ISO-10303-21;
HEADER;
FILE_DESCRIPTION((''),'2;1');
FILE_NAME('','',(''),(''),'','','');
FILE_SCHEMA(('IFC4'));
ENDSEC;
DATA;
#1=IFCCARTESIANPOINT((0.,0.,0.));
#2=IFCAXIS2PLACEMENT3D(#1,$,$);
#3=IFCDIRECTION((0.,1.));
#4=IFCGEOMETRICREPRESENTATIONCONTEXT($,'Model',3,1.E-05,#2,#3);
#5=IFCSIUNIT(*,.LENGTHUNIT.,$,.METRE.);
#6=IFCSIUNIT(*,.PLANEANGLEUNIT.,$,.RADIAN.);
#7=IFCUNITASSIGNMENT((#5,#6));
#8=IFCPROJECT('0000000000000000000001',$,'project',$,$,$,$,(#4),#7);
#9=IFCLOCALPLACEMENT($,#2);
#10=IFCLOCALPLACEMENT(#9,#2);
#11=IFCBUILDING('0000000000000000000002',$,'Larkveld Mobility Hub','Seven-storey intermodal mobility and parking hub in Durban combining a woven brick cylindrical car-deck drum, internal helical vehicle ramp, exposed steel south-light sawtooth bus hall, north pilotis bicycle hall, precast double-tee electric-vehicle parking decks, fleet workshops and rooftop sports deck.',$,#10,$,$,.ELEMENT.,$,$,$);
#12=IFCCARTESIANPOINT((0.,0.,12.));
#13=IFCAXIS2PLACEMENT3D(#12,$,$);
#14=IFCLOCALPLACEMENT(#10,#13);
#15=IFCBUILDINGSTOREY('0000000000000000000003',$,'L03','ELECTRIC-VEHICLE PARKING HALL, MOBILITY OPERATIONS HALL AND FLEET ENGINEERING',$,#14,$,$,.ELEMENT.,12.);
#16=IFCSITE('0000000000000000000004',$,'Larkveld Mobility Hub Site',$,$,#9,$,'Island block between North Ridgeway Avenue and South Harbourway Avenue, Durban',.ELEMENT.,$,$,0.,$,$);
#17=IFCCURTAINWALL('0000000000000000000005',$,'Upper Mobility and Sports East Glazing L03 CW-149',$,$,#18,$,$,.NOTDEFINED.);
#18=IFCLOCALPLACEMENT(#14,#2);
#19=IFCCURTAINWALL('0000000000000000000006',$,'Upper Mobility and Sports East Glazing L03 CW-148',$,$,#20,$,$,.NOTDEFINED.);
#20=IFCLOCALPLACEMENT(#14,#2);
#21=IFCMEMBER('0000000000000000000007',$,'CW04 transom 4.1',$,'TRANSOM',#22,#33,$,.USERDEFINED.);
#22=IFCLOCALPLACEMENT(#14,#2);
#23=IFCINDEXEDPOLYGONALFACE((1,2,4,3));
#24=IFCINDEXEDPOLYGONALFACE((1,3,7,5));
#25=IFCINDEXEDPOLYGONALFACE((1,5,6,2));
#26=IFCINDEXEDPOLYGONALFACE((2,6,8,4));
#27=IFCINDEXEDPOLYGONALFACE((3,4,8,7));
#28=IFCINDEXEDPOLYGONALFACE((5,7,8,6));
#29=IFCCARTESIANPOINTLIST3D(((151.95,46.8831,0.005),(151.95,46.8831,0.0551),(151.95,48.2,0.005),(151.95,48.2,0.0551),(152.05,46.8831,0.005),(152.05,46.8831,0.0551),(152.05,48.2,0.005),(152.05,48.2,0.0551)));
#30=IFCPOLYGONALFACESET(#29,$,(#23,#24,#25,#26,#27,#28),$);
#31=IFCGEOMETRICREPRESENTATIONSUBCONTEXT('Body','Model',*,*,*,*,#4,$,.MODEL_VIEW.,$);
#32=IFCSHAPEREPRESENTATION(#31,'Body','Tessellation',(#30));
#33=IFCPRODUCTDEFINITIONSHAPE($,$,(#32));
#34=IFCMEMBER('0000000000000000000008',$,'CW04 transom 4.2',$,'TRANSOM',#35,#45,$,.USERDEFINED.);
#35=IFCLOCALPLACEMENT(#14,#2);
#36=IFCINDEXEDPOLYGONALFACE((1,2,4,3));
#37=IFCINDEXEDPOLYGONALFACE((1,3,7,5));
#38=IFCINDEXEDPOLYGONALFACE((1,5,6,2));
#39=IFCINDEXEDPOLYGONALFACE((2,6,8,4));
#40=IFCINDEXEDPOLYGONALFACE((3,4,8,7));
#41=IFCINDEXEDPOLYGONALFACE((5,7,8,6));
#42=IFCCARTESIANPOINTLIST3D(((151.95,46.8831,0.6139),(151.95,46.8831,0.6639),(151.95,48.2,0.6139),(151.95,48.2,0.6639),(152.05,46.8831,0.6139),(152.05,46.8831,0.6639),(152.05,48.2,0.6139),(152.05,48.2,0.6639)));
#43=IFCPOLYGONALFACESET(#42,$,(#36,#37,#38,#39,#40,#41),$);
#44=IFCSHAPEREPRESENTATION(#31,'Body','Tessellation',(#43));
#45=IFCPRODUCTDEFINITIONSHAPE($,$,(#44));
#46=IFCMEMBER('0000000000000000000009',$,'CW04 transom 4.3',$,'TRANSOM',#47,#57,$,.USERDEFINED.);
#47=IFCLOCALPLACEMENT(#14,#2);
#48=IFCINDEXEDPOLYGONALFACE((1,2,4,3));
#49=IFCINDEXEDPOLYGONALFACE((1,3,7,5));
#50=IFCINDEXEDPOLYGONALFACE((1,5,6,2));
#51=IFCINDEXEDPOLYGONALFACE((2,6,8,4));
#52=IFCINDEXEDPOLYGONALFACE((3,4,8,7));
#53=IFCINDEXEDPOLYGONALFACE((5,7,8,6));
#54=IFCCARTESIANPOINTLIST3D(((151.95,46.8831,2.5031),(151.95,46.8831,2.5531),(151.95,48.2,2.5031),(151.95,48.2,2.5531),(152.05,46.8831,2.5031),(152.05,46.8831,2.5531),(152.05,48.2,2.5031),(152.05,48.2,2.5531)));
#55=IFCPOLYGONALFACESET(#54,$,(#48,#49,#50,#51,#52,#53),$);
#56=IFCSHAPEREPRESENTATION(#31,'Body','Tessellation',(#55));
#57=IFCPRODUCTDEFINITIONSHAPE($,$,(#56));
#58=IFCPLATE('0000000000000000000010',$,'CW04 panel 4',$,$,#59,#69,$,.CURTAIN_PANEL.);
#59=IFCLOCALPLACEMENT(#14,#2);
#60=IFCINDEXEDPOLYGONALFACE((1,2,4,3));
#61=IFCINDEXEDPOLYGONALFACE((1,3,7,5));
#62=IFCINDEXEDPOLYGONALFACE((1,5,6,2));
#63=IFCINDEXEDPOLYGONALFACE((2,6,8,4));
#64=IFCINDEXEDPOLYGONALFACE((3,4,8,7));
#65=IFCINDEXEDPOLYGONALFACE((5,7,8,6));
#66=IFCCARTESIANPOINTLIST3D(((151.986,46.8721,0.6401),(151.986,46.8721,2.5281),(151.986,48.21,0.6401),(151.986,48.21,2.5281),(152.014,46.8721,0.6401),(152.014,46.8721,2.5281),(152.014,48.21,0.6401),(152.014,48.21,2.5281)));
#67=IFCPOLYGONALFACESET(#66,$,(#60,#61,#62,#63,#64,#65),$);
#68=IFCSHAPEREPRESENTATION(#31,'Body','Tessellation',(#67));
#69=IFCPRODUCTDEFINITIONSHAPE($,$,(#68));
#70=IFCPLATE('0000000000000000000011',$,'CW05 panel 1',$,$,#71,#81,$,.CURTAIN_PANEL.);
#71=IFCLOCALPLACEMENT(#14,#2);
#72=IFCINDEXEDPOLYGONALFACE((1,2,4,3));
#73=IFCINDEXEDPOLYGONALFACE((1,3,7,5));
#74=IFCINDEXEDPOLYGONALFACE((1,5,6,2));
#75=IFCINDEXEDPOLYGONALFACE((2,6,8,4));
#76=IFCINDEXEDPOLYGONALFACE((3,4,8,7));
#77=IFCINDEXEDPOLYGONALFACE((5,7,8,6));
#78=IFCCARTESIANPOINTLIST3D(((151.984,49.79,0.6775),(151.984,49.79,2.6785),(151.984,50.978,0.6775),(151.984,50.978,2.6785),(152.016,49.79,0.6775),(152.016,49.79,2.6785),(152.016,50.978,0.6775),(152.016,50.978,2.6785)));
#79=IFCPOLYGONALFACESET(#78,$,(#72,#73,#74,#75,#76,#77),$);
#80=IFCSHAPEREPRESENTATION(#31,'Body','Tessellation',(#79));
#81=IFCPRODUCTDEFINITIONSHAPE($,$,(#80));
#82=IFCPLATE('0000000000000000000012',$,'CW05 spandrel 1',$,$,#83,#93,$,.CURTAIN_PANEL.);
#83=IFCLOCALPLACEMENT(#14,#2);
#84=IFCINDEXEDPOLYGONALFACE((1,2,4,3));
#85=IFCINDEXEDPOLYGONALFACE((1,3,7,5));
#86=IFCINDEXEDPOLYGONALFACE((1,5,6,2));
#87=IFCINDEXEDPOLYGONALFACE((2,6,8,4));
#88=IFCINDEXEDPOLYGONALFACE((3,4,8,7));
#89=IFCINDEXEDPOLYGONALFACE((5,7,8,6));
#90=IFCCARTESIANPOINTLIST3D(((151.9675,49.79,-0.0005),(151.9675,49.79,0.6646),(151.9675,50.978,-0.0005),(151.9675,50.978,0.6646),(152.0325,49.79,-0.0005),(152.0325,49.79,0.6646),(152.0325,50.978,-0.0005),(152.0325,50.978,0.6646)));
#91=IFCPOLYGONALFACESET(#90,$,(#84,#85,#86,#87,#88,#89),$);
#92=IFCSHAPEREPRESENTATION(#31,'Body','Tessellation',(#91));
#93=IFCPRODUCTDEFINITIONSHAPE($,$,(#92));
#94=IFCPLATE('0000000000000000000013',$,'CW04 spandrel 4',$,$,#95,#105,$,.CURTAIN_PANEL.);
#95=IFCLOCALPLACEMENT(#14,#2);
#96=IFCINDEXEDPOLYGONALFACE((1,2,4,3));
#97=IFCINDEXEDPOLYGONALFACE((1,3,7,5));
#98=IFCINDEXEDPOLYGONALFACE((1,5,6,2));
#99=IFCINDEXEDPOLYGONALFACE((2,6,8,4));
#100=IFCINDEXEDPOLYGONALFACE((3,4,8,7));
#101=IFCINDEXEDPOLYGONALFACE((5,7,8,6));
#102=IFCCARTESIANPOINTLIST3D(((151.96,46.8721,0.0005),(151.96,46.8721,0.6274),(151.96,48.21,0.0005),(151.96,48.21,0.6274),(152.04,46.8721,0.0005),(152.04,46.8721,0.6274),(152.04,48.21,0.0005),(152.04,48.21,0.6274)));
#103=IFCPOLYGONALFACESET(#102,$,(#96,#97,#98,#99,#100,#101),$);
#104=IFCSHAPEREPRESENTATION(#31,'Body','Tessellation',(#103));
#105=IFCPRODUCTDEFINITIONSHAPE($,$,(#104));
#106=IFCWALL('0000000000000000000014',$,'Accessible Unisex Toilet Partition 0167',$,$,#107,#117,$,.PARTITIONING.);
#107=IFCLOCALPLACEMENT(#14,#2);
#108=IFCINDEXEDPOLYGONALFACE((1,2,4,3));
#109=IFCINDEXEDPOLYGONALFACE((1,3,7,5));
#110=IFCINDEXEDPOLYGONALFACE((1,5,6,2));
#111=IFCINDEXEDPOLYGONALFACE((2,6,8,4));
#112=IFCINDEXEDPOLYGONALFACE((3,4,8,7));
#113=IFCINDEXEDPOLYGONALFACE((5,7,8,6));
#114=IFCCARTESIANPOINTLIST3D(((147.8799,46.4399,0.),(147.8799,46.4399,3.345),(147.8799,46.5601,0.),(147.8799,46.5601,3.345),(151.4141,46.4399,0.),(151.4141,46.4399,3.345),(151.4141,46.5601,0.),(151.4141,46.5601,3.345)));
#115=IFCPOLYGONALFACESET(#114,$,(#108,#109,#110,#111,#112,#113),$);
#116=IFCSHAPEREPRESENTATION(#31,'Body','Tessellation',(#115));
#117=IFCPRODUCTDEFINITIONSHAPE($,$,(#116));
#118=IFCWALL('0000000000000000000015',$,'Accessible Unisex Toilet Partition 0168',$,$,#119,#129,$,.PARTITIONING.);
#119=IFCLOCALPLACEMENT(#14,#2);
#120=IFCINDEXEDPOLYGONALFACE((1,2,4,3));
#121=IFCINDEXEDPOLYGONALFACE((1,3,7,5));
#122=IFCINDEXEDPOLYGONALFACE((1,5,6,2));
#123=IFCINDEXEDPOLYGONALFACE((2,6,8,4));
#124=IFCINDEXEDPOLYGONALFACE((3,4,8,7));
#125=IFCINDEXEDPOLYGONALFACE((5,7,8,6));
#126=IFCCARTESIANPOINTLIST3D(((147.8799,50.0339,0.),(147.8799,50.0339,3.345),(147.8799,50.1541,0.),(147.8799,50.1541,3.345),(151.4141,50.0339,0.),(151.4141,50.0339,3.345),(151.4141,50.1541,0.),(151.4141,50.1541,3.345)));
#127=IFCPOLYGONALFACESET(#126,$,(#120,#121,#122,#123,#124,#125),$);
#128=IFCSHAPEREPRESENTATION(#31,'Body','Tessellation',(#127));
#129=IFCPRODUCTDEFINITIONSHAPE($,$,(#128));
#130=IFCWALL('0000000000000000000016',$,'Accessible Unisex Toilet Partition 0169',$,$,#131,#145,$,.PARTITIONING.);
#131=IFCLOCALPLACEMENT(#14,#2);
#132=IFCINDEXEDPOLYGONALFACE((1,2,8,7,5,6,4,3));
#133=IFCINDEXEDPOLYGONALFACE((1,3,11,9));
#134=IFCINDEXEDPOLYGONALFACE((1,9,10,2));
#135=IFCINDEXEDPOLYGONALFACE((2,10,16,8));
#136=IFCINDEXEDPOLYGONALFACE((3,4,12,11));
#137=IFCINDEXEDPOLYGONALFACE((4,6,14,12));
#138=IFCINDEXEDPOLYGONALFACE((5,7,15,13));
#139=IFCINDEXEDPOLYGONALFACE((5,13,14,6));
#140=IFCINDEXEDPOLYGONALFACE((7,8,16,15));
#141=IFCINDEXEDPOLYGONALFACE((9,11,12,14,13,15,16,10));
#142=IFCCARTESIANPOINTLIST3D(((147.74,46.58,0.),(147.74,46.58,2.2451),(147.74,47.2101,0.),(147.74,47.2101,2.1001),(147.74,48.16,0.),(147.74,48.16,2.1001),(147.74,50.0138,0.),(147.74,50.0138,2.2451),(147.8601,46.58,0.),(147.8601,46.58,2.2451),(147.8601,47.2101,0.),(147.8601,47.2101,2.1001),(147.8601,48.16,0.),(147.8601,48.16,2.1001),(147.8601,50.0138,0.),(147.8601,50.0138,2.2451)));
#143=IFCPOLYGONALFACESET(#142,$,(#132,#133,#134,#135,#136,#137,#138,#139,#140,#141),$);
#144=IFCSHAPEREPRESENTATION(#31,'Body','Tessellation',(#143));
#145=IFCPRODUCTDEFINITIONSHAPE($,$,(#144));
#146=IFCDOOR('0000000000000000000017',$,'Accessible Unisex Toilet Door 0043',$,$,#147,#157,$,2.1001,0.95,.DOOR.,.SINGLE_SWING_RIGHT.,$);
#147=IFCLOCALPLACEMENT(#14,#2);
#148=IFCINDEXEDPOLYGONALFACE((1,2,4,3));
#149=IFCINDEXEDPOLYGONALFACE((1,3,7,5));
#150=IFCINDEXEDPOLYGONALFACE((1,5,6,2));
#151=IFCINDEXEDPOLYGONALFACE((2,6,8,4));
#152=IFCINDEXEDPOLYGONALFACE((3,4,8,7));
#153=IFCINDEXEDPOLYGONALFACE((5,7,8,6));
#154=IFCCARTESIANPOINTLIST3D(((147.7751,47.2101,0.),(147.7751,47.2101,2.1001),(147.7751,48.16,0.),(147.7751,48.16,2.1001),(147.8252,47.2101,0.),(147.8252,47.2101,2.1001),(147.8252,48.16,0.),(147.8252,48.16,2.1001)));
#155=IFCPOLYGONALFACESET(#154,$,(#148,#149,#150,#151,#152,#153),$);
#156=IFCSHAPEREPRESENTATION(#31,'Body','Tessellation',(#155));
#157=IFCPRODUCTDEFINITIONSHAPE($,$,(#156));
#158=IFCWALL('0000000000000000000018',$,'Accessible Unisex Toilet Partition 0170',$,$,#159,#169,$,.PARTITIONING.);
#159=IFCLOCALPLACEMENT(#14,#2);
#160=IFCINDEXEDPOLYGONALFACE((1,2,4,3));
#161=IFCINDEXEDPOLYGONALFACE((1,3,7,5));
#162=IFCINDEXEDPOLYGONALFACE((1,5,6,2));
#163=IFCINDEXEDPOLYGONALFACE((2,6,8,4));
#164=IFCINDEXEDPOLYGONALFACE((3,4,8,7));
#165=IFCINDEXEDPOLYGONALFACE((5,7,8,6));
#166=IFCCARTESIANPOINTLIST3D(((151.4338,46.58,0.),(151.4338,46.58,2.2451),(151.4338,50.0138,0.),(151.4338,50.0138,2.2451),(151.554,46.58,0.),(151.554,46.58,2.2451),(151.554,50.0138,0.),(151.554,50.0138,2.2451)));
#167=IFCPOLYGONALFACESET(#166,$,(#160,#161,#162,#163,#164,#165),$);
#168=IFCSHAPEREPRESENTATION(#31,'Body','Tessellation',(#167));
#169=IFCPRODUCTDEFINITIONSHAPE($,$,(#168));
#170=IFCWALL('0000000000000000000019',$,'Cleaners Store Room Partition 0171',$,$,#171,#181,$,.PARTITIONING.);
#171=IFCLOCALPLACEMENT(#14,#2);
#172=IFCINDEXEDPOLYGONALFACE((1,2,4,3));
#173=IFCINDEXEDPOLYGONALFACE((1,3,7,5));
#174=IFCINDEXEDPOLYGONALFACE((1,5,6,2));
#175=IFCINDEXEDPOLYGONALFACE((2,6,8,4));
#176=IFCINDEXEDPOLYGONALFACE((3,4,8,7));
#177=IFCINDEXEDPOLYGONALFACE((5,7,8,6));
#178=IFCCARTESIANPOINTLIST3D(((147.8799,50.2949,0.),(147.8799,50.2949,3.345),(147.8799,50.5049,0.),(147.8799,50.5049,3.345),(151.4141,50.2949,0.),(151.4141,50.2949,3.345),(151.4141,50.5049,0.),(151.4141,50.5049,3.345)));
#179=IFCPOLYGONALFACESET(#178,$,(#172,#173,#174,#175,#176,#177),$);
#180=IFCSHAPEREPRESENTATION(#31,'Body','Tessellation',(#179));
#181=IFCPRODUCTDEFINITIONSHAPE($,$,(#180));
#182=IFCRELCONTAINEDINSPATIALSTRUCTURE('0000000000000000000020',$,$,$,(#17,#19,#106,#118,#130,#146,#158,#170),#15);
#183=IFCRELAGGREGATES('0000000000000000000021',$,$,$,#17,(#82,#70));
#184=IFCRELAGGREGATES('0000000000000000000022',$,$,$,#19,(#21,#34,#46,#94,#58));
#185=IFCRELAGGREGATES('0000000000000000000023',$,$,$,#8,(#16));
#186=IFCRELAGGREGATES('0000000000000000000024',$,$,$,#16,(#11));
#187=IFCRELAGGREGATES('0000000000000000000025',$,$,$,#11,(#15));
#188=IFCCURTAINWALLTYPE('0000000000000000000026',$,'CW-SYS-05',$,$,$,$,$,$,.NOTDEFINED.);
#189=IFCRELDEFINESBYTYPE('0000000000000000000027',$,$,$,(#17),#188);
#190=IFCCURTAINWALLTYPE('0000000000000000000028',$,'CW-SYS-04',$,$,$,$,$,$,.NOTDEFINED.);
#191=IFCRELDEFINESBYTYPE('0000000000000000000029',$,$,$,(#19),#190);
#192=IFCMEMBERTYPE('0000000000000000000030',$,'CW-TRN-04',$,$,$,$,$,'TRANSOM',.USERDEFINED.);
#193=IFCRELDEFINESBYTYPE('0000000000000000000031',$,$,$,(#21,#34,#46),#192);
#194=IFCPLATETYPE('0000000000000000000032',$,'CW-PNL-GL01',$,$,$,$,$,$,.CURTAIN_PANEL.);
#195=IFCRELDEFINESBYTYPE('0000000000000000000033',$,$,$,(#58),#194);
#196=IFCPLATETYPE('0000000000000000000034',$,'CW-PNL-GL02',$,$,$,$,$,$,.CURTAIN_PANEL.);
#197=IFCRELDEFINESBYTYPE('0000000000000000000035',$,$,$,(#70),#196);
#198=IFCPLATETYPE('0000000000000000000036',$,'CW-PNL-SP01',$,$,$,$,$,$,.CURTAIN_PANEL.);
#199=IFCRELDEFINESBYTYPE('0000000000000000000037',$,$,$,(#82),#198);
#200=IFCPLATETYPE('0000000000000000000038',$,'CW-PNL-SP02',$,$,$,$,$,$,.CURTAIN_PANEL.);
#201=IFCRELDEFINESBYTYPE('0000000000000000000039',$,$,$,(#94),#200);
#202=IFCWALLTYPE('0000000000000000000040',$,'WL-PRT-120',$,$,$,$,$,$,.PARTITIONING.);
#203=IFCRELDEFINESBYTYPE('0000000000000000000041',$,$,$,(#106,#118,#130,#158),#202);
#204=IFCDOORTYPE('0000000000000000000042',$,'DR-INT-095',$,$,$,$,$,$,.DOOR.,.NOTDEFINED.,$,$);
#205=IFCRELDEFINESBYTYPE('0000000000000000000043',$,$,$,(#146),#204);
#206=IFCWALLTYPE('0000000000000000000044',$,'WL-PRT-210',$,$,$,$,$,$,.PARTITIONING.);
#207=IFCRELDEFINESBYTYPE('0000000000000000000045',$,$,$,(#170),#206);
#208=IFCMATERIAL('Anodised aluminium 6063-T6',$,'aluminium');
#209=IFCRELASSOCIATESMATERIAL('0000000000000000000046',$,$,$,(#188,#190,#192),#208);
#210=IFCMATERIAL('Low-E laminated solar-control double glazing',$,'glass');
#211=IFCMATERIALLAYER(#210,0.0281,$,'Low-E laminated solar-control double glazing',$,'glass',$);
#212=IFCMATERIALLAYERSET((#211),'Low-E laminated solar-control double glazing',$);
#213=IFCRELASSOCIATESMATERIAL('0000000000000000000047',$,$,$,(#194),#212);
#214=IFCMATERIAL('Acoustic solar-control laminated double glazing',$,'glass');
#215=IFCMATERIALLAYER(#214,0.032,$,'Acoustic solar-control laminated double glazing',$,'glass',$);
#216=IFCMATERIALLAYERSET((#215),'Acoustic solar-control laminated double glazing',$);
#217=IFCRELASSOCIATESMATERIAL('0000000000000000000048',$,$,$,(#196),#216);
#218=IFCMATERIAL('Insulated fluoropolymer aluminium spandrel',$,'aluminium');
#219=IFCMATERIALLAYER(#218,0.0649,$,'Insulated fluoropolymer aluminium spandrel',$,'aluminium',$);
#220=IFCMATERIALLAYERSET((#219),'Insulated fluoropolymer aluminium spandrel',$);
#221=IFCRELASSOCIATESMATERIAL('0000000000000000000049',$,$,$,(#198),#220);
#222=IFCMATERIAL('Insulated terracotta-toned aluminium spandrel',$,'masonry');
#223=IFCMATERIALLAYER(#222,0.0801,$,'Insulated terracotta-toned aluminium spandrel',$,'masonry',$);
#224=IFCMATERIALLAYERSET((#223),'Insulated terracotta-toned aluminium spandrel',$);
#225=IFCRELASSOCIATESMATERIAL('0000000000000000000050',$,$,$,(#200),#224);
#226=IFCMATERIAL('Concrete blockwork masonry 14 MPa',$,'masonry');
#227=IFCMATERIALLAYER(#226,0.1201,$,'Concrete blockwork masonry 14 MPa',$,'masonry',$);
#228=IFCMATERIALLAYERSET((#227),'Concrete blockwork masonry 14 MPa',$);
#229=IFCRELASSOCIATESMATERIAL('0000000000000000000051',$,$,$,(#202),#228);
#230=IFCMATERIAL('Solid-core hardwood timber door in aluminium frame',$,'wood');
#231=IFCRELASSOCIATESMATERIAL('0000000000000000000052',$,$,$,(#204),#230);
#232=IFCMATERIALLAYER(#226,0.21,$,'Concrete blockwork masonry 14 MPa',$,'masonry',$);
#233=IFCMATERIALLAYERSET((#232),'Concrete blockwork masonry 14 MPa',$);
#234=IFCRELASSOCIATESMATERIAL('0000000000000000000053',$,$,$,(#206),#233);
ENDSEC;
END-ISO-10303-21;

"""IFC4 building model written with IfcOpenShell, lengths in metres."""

from ifc_helpers import new_model, si_unit, direction, frame, frame_2d, origin, origin_2d, place, context, subcontext, project, spatial, rectangle, extrude, material, layer, layer_set, material_profile, profile_set, type_object, element, fill, aggregate, save


model = new_model("IFC4")

# Units and contexts
model_context = context("Model", 3, precision=1e-05, world=origin(), true_north=direction((0.0, 1.0)))
body_context = subcontext(model_context, "Body", "Model", "MODEL_VIEW")
ifc_project = project(units=[si_unit("LENGTHUNIT", "METRE"), si_unit("PLANEANGLEUNIT", "RADIAN")], contexts=[model_context])

# Site, building, storey
site_placement = place(None, origin())
site = spatial("IfcSite", under=ifc_project, at=site_placement, Name="Larkveld Mobility Hub Site", LongName="Island block between North Ridgeway Avenue and South Harbourway Avenue, Durban", CompositionType="ELEMENT", RefElevation=0.0)
building_placement = place(site_placement, origin())
building = spatial("IfcBuilding", under=site, at=building_placement, Name="Larkveld Mobility Hub", Description="Seven-storey intermodal mobility and parking hub in Durban combining a woven brick cylindrical car-deck drum, internal helical vehicle ramp, exposed steel south-light sawtooth bus hall, north pilotis bicycle hall, precast double-tee electric-vehicle parking decks, fleet workshops and rooftop sports deck.", CompositionType="ELEMENT")
storey_placement = place(building_placement, frame((0.0, 0.0, 12.0)))
storey = spatial("IfcBuildingStorey", under=building, at=storey_placement, Name="L03", Description="ELECTRIC-VEHICLE PARKING HALL, MOBILITY OPERATIONS HALL AND FLEET ENGINEERING", CompositionType="ELEMENT", Elevation=12.0)

# Curtain walls
ifc_material_1 = material(Name="Anodised aluminium 6063-T6", Category="aluminium")
curtain_wall_type_1 = type_object("IfcCurtainWallType", Name="CW-SYS-05", PredefinedType="NOTDEFINED", material=ifc_material_1)
curtain_wall_1_placement = place(storey_placement, origin())
curtain_wall_1 = element("IfcCurtainWall", 1, at=curtain_wall_1_placement, inside=storey, type_object=curtain_wall_type_1, Name="Upper Mobility and Sports East Glazing L03 CW-149", PredefinedType="NOTDEFINED")
curtain_wall_type_2 = type_object("IfcCurtainWallType", Name="CW-SYS-04", PredefinedType="NOTDEFINED", material=ifc_material_1)
curtain_wall_2_placement = place(storey_placement, origin())
curtain_wall_2 = element("IfcCurtainWall", 2, at=curtain_wall_2_placement, inside=storey, type_object=curtain_wall_type_2, Name="Upper Mobility and Sports East Glazing L03 CW-148", PredefinedType="NOTDEFINED")

# Members
ifc_material_profile_1 = material_profile(ifc_material_1, rectangle(XDim=0.1001, YDim=0.05, at=origin_2d()), Name="ALU TRAN 50x100")
ifc_profile_set_1 = profile_set([ifc_material_profile_1], Name="Anodised aluminium 6063-T6")
member_type_1 = type_object("IfcMemberType", Name="CW-TRN-04", ElementType="TRANSOM", PredefinedType="USERDEFINED", material=ifc_profile_set_1)
member_1_placement = place(storey_placement, frame((152.0, 46.8831, 0.03), z_axis=(0.0, 1.0, 0.0), x_axis=(-1.0, 0.0, 0.0)))
member_1 = element("IfcMember", 3, at=member_1_placement, type_object=member_type_1, Name="CW04 transom 4.1", ObjectType="TRANSOM", PredefinedType="USERDEFINED", context=body_context, shape_type="SweptSolid", body=[
    extrude(rectangle(XDim=0.1001, YDim=0.05, at=origin_2d()), origin(), (0.0, 0.0, 1.0), 1.3169),
])
member_2_placement = place(storey_placement, frame((152.0, 46.8831, 0.6389), z_axis=(0.0, 1.0, 0.0), x_axis=(-1.0, 0.0, 0.0)))
member_2 = element("IfcMember", 4, at=member_2_placement, type_object=member_type_1, Name="CW04 transom 4.2", ObjectType="TRANSOM", PredefinedType="USERDEFINED", context=body_context, shape_type="SweptSolid", body=[
    extrude(rectangle(XDim=0.1001, YDim=0.05, at=origin_2d()), origin(), (0.0, 0.0, 1.0), 1.3169),
])
member_3_placement = place(storey_placement, frame((152.0, 46.8831, 2.5281), z_axis=(0.0, 1.0, 0.0), x_axis=(-1.0, 0.0, 0.0)))
member_3 = element("IfcMember", 5, at=member_3_placement, type_object=member_type_1, Name="CW04 transom 4.3", ObjectType="TRANSOM", PredefinedType="USERDEFINED", context=body_context, shape_type="SweptSolid", body=[
    extrude(rectangle(XDim=0.1001, YDim=0.05, at=origin_2d()), origin(), (0.0, 0.0, 1.0), 1.3169),
])

# Plates
ifc_material_2 = material(Name="Low-E laminated solar-control double glazing", Category="glass")
ifc_layer_1 = layer(ifc_material_2, 0.0281, Name="Low-E laminated solar-control double glazing", Category="glass")
ifc_layer_set_1 = layer_set([ifc_layer_1], Name="Low-E laminated solar-control double glazing")
plate_type_1 = type_object("IfcPlateType", Name="CW-PNL-GL01", PredefinedType="CURTAIN_PANEL", material=ifc_layer_set_1)
plate_1_placement = place(storey_placement, frame((152.0, 47.541, 0.6401), z_axis=(0.0, 0.0, 1.0), x_axis=(0.0, 1.0, 0.0)))
plate_1 = element("IfcPlate", 6, at=plate_1_placement, type_object=plate_type_1, Name="CW04 panel 4", PredefinedType="CURTAIN_PANEL", context=body_context, shape_type="SweptSolid", body=[
    extrude(rectangle(XDim=1.3379, YDim=0.0281, at=origin_2d()), origin(), (0.0, 0.0, 1.0), 1.8879),
])
ifc_material_3 = material(Name="Acoustic solar-control laminated double glazing", Category="glass")
ifc_layer_2 = layer(ifc_material_3, 0.032, Name="Acoustic solar-control laminated double glazing", Category="glass")
ifc_layer_set_2 = layer_set([ifc_layer_2], Name="Acoustic solar-control laminated double glazing")
plate_type_2 = type_object("IfcPlateType", Name="CW-PNL-GL02", PredefinedType="CURTAIN_PANEL", material=ifc_layer_set_2)
plate_2_placement = place(storey_placement, frame((152.0, 50.384, 0.6775), z_axis=(0.0, 0.0, 1.0), x_axis=(0.0, 1.0, 0.0)))
plate_2 = element("IfcPlate", 7, at=plate_2_placement, type_object=plate_type_2, Name="CW05 panel 1", PredefinedType="CURTAIN_PANEL", context=body_context, shape_type="SweptSolid", body=[
    extrude(rectangle(XDim=1.188, YDim=0.032, at=origin_2d()), origin(), (0.0, 0.0, 1.0), 2.001),
])
ifc_material_4 = material(Name="Insulated fluoropolymer aluminium spandrel", Category="aluminium")
ifc_layer_3 = layer(ifc_material_4, 0.0649, Name="Insulated fluoropolymer aluminium spandrel", Category="aluminium")
ifc_layer_set_3 = layer_set([ifc_layer_3], Name="Insulated fluoropolymer aluminium spandrel")
plate_type_3 = type_object("IfcPlateType", Name="CW-PNL-SP01", PredefinedType="CURTAIN_PANEL", material=ifc_layer_set_3)
plate_3_placement = place(storey_placement, frame((152.0, 50.384, -0.0005), z_axis=(0.0, 0.0, 1.0), x_axis=(0.0, 1.0, 0.0)))
plate_3 = element("IfcPlate", 8, at=plate_3_placement, type_object=plate_type_3, Name="CW05 spandrel 1", PredefinedType="CURTAIN_PANEL", context=body_context, shape_type="SweptSolid", body=[
    extrude(rectangle(XDim=1.188, YDim=0.0649, at=origin_2d()), origin(), (0.0, 0.0, 1.0), 0.665),
])
aggregate(curtain_wall_1, [plate_3, plate_2])
ifc_material_5 = material(Name="Insulated terracotta-toned aluminium spandrel", Category="masonry")
ifc_layer_4 = layer(ifc_material_5, 0.0801, Name="Insulated terracotta-toned aluminium spandrel", Category="masonry")
ifc_layer_set_4 = layer_set([ifc_layer_4], Name="Insulated terracotta-toned aluminium spandrel")
plate_type_4 = type_object("IfcPlateType", Name="CW-PNL-SP02", PredefinedType="CURTAIN_PANEL", material=ifc_layer_set_4)
plate_4_placement = place(storey_placement, frame((152.0, 47.541, 0.0005), z_axis=(0.0, 0.0, 1.0), x_axis=(0.0, 1.0, 0.0)))
plate_4 = element("IfcPlate", 9, at=plate_4_placement, type_object=plate_type_4, Name="CW04 spandrel 4", PredefinedType="CURTAIN_PANEL", context=body_context, shape_type="SweptSolid", body=[
    extrude(rectangle(XDim=1.3379, YDim=0.0801, at=origin_2d()), origin(), (0.0, 0.0, 1.0), 0.627),
])
aggregate(curtain_wall_2, [member_1, member_2, member_3, plate_4, plate_1])

# Walls
ifc_material_6 = material(Name="Concrete blockwork masonry 14 MPa", Category="masonry")
ifc_layer_5 = layer(ifc_material_6, 0.1201, Name="Concrete blockwork masonry 14 MPa", Category="masonry")
ifc_layer_set_5 = layer_set([ifc_layer_5], Name="Concrete blockwork masonry 14 MPa")
wall_type_1 = type_object("IfcWallType", Name="WL-PRT-120", PredefinedType="PARTITIONING", material=ifc_layer_set_5)
for number, where, z_axis, x_axis, name in (
    (10, (147.8799, 46.5, 0.0), (0.0, 0.0, 1.0), (1.0, 0.0, 0.0), "Accessible Unisex Toilet Partition 0167"),
    (11, (147.8799, 50.094, 0.0), (0.0, 0.0, 1.0), (1.0, 0.0, 0.0), "Accessible Unisex Toilet Partition 0168"),
):
    element("IfcWall", number, at=place(storey_placement, frame(where, z_axis=z_axis, x_axis=x_axis)), inside=storey, type_object=wall_type_1, Name=name, PredefinedType="PARTITIONING", context=body_context, shape_type="SweptSolid", body=[
        extrude(rectangle(XDim=3.5342, YDim=0.1201, at=frame_2d((1.7671, 0.0))), origin(), (0.0, 0.0, 1.0), 3.345),
    ])

# Wall, opening, door
wall_1_placement = place(storey_placement, frame((147.8, 46.5801, 0.0), z_axis=(0.0, 0.0, 1.0), x_axis=(0.0, 1.0, 0.0)))
wall_1 = element("IfcWall", 12, at=wall_1_placement, inside=storey, type_object=wall_type_1, Name="Accessible Unisex Toilet Partition 0169", PredefinedType="PARTITIONING", context=body_context, shape_type="SweptSolid", body=[
    extrude(rectangle(XDim=3.4338, YDim=0.1201, at=frame_2d((1.7168, 0.0))), origin(), (0.0, 0.0, 1.0), 2.2451),
])
opening_1_placement = place(wall_1_placement, frame((0.6299, 0.0, 0.0)))
opening_1 = element("IfcOpeningElement", 13, at=opening_1_placement, cuts=wall_1, PredefinedType="OPENING", context=body_context, shape_type="SweptSolid", body=[
    extrude(rectangle(XDim=0.95, YDim=2.1001, at=frame_2d((0.4751, 1.05))), frame((0.0, 0.0701, 0.0), z_axis=(0.0, -1.0, 0.0), x_axis=(1.0, 0.0, 0.0)), (0.0, 0.0, 1.0), 0.1401),
])
ifc_material_7 = material(Name="Solid-core hardwood timber door in aluminium frame", Category="wood")
door_type_1 = type_object("IfcDoorType", Name="DR-INT-095", OperationType="NOTDEFINED", PredefinedType="DOOR", material=ifc_material_7)
door_1_placement = place(opening_1_placement, origin())
door_1 = element("IfcDoor", 14, at=door_1_placement, inside=storey, type_object=door_type_1, Name="Accessible Unisex Toilet Door 0043", OperationType="SINGLE_SWING_RIGHT", OverallHeight=2.1001, OverallWidth=0.95, PredefinedType="DOOR", context=body_context, shape_type="SweptSolid", body=[
    extrude(rectangle(XDim=0.95, YDim=2.1001, at=frame_2d((0.4751, 1.05))), frame((0.0, 0.0249, 0.0), z_axis=(0.0, -1.0, 0.0), x_axis=(1.0, 0.0, 0.0)), (0.0, 0.0, 1.0), 0.05),
])
fill(opening_1, door_1)

# Walls
wall_2_placement = place(storey_placement, frame((151.4939, 46.5801, 0.0), z_axis=(0.0, 0.0, 1.0), x_axis=(0.0, 1.0, 0.0)))
element("IfcWall", 15, at=wall_2_placement, inside=storey, type_object=wall_type_1, Name="Accessible Unisex Toilet Partition 0170", PredefinedType="PARTITIONING", context=body_context, shape_type="SweptSolid", body=[
    extrude(rectangle(XDim=3.4338, YDim=0.1201, at=frame_2d((1.7168, 0.0))), origin(), (0.0, 0.0, 1.0), 2.2451),
])
ifc_layer_6 = layer(ifc_material_6, 0.21, Name="Concrete blockwork masonry 14 MPa", Category="masonry")
ifc_layer_set_6 = layer_set([ifc_layer_6], Name="Concrete blockwork masonry 14 MPa")
wall_type_2 = type_object("IfcWallType", Name="WL-PRT-210", PredefinedType="PARTITIONING", material=ifc_layer_set_6)
wall_3_placement = place(storey_placement, frame((147.8799, 50.3999, 0.0), z_axis=(0.0, 0.0, 1.0), x_axis=(1.0, 0.0, 0.0)))
element("IfcWall", 16, at=wall_3_placement, inside=storey, type_object=wall_type_2, Name="Cleaners Store Room Partition 0171", PredefinedType="PARTITIONING", context=body_context, shape_type="SweptSolid", body=[
    extrude(rectangle(XDim=3.5342, YDim=0.21, at=frame_2d((1.7671, 0.0))), origin(), (0.0, 0.0, 1.0), 3.345),
])

save(model, "model.ifc")
